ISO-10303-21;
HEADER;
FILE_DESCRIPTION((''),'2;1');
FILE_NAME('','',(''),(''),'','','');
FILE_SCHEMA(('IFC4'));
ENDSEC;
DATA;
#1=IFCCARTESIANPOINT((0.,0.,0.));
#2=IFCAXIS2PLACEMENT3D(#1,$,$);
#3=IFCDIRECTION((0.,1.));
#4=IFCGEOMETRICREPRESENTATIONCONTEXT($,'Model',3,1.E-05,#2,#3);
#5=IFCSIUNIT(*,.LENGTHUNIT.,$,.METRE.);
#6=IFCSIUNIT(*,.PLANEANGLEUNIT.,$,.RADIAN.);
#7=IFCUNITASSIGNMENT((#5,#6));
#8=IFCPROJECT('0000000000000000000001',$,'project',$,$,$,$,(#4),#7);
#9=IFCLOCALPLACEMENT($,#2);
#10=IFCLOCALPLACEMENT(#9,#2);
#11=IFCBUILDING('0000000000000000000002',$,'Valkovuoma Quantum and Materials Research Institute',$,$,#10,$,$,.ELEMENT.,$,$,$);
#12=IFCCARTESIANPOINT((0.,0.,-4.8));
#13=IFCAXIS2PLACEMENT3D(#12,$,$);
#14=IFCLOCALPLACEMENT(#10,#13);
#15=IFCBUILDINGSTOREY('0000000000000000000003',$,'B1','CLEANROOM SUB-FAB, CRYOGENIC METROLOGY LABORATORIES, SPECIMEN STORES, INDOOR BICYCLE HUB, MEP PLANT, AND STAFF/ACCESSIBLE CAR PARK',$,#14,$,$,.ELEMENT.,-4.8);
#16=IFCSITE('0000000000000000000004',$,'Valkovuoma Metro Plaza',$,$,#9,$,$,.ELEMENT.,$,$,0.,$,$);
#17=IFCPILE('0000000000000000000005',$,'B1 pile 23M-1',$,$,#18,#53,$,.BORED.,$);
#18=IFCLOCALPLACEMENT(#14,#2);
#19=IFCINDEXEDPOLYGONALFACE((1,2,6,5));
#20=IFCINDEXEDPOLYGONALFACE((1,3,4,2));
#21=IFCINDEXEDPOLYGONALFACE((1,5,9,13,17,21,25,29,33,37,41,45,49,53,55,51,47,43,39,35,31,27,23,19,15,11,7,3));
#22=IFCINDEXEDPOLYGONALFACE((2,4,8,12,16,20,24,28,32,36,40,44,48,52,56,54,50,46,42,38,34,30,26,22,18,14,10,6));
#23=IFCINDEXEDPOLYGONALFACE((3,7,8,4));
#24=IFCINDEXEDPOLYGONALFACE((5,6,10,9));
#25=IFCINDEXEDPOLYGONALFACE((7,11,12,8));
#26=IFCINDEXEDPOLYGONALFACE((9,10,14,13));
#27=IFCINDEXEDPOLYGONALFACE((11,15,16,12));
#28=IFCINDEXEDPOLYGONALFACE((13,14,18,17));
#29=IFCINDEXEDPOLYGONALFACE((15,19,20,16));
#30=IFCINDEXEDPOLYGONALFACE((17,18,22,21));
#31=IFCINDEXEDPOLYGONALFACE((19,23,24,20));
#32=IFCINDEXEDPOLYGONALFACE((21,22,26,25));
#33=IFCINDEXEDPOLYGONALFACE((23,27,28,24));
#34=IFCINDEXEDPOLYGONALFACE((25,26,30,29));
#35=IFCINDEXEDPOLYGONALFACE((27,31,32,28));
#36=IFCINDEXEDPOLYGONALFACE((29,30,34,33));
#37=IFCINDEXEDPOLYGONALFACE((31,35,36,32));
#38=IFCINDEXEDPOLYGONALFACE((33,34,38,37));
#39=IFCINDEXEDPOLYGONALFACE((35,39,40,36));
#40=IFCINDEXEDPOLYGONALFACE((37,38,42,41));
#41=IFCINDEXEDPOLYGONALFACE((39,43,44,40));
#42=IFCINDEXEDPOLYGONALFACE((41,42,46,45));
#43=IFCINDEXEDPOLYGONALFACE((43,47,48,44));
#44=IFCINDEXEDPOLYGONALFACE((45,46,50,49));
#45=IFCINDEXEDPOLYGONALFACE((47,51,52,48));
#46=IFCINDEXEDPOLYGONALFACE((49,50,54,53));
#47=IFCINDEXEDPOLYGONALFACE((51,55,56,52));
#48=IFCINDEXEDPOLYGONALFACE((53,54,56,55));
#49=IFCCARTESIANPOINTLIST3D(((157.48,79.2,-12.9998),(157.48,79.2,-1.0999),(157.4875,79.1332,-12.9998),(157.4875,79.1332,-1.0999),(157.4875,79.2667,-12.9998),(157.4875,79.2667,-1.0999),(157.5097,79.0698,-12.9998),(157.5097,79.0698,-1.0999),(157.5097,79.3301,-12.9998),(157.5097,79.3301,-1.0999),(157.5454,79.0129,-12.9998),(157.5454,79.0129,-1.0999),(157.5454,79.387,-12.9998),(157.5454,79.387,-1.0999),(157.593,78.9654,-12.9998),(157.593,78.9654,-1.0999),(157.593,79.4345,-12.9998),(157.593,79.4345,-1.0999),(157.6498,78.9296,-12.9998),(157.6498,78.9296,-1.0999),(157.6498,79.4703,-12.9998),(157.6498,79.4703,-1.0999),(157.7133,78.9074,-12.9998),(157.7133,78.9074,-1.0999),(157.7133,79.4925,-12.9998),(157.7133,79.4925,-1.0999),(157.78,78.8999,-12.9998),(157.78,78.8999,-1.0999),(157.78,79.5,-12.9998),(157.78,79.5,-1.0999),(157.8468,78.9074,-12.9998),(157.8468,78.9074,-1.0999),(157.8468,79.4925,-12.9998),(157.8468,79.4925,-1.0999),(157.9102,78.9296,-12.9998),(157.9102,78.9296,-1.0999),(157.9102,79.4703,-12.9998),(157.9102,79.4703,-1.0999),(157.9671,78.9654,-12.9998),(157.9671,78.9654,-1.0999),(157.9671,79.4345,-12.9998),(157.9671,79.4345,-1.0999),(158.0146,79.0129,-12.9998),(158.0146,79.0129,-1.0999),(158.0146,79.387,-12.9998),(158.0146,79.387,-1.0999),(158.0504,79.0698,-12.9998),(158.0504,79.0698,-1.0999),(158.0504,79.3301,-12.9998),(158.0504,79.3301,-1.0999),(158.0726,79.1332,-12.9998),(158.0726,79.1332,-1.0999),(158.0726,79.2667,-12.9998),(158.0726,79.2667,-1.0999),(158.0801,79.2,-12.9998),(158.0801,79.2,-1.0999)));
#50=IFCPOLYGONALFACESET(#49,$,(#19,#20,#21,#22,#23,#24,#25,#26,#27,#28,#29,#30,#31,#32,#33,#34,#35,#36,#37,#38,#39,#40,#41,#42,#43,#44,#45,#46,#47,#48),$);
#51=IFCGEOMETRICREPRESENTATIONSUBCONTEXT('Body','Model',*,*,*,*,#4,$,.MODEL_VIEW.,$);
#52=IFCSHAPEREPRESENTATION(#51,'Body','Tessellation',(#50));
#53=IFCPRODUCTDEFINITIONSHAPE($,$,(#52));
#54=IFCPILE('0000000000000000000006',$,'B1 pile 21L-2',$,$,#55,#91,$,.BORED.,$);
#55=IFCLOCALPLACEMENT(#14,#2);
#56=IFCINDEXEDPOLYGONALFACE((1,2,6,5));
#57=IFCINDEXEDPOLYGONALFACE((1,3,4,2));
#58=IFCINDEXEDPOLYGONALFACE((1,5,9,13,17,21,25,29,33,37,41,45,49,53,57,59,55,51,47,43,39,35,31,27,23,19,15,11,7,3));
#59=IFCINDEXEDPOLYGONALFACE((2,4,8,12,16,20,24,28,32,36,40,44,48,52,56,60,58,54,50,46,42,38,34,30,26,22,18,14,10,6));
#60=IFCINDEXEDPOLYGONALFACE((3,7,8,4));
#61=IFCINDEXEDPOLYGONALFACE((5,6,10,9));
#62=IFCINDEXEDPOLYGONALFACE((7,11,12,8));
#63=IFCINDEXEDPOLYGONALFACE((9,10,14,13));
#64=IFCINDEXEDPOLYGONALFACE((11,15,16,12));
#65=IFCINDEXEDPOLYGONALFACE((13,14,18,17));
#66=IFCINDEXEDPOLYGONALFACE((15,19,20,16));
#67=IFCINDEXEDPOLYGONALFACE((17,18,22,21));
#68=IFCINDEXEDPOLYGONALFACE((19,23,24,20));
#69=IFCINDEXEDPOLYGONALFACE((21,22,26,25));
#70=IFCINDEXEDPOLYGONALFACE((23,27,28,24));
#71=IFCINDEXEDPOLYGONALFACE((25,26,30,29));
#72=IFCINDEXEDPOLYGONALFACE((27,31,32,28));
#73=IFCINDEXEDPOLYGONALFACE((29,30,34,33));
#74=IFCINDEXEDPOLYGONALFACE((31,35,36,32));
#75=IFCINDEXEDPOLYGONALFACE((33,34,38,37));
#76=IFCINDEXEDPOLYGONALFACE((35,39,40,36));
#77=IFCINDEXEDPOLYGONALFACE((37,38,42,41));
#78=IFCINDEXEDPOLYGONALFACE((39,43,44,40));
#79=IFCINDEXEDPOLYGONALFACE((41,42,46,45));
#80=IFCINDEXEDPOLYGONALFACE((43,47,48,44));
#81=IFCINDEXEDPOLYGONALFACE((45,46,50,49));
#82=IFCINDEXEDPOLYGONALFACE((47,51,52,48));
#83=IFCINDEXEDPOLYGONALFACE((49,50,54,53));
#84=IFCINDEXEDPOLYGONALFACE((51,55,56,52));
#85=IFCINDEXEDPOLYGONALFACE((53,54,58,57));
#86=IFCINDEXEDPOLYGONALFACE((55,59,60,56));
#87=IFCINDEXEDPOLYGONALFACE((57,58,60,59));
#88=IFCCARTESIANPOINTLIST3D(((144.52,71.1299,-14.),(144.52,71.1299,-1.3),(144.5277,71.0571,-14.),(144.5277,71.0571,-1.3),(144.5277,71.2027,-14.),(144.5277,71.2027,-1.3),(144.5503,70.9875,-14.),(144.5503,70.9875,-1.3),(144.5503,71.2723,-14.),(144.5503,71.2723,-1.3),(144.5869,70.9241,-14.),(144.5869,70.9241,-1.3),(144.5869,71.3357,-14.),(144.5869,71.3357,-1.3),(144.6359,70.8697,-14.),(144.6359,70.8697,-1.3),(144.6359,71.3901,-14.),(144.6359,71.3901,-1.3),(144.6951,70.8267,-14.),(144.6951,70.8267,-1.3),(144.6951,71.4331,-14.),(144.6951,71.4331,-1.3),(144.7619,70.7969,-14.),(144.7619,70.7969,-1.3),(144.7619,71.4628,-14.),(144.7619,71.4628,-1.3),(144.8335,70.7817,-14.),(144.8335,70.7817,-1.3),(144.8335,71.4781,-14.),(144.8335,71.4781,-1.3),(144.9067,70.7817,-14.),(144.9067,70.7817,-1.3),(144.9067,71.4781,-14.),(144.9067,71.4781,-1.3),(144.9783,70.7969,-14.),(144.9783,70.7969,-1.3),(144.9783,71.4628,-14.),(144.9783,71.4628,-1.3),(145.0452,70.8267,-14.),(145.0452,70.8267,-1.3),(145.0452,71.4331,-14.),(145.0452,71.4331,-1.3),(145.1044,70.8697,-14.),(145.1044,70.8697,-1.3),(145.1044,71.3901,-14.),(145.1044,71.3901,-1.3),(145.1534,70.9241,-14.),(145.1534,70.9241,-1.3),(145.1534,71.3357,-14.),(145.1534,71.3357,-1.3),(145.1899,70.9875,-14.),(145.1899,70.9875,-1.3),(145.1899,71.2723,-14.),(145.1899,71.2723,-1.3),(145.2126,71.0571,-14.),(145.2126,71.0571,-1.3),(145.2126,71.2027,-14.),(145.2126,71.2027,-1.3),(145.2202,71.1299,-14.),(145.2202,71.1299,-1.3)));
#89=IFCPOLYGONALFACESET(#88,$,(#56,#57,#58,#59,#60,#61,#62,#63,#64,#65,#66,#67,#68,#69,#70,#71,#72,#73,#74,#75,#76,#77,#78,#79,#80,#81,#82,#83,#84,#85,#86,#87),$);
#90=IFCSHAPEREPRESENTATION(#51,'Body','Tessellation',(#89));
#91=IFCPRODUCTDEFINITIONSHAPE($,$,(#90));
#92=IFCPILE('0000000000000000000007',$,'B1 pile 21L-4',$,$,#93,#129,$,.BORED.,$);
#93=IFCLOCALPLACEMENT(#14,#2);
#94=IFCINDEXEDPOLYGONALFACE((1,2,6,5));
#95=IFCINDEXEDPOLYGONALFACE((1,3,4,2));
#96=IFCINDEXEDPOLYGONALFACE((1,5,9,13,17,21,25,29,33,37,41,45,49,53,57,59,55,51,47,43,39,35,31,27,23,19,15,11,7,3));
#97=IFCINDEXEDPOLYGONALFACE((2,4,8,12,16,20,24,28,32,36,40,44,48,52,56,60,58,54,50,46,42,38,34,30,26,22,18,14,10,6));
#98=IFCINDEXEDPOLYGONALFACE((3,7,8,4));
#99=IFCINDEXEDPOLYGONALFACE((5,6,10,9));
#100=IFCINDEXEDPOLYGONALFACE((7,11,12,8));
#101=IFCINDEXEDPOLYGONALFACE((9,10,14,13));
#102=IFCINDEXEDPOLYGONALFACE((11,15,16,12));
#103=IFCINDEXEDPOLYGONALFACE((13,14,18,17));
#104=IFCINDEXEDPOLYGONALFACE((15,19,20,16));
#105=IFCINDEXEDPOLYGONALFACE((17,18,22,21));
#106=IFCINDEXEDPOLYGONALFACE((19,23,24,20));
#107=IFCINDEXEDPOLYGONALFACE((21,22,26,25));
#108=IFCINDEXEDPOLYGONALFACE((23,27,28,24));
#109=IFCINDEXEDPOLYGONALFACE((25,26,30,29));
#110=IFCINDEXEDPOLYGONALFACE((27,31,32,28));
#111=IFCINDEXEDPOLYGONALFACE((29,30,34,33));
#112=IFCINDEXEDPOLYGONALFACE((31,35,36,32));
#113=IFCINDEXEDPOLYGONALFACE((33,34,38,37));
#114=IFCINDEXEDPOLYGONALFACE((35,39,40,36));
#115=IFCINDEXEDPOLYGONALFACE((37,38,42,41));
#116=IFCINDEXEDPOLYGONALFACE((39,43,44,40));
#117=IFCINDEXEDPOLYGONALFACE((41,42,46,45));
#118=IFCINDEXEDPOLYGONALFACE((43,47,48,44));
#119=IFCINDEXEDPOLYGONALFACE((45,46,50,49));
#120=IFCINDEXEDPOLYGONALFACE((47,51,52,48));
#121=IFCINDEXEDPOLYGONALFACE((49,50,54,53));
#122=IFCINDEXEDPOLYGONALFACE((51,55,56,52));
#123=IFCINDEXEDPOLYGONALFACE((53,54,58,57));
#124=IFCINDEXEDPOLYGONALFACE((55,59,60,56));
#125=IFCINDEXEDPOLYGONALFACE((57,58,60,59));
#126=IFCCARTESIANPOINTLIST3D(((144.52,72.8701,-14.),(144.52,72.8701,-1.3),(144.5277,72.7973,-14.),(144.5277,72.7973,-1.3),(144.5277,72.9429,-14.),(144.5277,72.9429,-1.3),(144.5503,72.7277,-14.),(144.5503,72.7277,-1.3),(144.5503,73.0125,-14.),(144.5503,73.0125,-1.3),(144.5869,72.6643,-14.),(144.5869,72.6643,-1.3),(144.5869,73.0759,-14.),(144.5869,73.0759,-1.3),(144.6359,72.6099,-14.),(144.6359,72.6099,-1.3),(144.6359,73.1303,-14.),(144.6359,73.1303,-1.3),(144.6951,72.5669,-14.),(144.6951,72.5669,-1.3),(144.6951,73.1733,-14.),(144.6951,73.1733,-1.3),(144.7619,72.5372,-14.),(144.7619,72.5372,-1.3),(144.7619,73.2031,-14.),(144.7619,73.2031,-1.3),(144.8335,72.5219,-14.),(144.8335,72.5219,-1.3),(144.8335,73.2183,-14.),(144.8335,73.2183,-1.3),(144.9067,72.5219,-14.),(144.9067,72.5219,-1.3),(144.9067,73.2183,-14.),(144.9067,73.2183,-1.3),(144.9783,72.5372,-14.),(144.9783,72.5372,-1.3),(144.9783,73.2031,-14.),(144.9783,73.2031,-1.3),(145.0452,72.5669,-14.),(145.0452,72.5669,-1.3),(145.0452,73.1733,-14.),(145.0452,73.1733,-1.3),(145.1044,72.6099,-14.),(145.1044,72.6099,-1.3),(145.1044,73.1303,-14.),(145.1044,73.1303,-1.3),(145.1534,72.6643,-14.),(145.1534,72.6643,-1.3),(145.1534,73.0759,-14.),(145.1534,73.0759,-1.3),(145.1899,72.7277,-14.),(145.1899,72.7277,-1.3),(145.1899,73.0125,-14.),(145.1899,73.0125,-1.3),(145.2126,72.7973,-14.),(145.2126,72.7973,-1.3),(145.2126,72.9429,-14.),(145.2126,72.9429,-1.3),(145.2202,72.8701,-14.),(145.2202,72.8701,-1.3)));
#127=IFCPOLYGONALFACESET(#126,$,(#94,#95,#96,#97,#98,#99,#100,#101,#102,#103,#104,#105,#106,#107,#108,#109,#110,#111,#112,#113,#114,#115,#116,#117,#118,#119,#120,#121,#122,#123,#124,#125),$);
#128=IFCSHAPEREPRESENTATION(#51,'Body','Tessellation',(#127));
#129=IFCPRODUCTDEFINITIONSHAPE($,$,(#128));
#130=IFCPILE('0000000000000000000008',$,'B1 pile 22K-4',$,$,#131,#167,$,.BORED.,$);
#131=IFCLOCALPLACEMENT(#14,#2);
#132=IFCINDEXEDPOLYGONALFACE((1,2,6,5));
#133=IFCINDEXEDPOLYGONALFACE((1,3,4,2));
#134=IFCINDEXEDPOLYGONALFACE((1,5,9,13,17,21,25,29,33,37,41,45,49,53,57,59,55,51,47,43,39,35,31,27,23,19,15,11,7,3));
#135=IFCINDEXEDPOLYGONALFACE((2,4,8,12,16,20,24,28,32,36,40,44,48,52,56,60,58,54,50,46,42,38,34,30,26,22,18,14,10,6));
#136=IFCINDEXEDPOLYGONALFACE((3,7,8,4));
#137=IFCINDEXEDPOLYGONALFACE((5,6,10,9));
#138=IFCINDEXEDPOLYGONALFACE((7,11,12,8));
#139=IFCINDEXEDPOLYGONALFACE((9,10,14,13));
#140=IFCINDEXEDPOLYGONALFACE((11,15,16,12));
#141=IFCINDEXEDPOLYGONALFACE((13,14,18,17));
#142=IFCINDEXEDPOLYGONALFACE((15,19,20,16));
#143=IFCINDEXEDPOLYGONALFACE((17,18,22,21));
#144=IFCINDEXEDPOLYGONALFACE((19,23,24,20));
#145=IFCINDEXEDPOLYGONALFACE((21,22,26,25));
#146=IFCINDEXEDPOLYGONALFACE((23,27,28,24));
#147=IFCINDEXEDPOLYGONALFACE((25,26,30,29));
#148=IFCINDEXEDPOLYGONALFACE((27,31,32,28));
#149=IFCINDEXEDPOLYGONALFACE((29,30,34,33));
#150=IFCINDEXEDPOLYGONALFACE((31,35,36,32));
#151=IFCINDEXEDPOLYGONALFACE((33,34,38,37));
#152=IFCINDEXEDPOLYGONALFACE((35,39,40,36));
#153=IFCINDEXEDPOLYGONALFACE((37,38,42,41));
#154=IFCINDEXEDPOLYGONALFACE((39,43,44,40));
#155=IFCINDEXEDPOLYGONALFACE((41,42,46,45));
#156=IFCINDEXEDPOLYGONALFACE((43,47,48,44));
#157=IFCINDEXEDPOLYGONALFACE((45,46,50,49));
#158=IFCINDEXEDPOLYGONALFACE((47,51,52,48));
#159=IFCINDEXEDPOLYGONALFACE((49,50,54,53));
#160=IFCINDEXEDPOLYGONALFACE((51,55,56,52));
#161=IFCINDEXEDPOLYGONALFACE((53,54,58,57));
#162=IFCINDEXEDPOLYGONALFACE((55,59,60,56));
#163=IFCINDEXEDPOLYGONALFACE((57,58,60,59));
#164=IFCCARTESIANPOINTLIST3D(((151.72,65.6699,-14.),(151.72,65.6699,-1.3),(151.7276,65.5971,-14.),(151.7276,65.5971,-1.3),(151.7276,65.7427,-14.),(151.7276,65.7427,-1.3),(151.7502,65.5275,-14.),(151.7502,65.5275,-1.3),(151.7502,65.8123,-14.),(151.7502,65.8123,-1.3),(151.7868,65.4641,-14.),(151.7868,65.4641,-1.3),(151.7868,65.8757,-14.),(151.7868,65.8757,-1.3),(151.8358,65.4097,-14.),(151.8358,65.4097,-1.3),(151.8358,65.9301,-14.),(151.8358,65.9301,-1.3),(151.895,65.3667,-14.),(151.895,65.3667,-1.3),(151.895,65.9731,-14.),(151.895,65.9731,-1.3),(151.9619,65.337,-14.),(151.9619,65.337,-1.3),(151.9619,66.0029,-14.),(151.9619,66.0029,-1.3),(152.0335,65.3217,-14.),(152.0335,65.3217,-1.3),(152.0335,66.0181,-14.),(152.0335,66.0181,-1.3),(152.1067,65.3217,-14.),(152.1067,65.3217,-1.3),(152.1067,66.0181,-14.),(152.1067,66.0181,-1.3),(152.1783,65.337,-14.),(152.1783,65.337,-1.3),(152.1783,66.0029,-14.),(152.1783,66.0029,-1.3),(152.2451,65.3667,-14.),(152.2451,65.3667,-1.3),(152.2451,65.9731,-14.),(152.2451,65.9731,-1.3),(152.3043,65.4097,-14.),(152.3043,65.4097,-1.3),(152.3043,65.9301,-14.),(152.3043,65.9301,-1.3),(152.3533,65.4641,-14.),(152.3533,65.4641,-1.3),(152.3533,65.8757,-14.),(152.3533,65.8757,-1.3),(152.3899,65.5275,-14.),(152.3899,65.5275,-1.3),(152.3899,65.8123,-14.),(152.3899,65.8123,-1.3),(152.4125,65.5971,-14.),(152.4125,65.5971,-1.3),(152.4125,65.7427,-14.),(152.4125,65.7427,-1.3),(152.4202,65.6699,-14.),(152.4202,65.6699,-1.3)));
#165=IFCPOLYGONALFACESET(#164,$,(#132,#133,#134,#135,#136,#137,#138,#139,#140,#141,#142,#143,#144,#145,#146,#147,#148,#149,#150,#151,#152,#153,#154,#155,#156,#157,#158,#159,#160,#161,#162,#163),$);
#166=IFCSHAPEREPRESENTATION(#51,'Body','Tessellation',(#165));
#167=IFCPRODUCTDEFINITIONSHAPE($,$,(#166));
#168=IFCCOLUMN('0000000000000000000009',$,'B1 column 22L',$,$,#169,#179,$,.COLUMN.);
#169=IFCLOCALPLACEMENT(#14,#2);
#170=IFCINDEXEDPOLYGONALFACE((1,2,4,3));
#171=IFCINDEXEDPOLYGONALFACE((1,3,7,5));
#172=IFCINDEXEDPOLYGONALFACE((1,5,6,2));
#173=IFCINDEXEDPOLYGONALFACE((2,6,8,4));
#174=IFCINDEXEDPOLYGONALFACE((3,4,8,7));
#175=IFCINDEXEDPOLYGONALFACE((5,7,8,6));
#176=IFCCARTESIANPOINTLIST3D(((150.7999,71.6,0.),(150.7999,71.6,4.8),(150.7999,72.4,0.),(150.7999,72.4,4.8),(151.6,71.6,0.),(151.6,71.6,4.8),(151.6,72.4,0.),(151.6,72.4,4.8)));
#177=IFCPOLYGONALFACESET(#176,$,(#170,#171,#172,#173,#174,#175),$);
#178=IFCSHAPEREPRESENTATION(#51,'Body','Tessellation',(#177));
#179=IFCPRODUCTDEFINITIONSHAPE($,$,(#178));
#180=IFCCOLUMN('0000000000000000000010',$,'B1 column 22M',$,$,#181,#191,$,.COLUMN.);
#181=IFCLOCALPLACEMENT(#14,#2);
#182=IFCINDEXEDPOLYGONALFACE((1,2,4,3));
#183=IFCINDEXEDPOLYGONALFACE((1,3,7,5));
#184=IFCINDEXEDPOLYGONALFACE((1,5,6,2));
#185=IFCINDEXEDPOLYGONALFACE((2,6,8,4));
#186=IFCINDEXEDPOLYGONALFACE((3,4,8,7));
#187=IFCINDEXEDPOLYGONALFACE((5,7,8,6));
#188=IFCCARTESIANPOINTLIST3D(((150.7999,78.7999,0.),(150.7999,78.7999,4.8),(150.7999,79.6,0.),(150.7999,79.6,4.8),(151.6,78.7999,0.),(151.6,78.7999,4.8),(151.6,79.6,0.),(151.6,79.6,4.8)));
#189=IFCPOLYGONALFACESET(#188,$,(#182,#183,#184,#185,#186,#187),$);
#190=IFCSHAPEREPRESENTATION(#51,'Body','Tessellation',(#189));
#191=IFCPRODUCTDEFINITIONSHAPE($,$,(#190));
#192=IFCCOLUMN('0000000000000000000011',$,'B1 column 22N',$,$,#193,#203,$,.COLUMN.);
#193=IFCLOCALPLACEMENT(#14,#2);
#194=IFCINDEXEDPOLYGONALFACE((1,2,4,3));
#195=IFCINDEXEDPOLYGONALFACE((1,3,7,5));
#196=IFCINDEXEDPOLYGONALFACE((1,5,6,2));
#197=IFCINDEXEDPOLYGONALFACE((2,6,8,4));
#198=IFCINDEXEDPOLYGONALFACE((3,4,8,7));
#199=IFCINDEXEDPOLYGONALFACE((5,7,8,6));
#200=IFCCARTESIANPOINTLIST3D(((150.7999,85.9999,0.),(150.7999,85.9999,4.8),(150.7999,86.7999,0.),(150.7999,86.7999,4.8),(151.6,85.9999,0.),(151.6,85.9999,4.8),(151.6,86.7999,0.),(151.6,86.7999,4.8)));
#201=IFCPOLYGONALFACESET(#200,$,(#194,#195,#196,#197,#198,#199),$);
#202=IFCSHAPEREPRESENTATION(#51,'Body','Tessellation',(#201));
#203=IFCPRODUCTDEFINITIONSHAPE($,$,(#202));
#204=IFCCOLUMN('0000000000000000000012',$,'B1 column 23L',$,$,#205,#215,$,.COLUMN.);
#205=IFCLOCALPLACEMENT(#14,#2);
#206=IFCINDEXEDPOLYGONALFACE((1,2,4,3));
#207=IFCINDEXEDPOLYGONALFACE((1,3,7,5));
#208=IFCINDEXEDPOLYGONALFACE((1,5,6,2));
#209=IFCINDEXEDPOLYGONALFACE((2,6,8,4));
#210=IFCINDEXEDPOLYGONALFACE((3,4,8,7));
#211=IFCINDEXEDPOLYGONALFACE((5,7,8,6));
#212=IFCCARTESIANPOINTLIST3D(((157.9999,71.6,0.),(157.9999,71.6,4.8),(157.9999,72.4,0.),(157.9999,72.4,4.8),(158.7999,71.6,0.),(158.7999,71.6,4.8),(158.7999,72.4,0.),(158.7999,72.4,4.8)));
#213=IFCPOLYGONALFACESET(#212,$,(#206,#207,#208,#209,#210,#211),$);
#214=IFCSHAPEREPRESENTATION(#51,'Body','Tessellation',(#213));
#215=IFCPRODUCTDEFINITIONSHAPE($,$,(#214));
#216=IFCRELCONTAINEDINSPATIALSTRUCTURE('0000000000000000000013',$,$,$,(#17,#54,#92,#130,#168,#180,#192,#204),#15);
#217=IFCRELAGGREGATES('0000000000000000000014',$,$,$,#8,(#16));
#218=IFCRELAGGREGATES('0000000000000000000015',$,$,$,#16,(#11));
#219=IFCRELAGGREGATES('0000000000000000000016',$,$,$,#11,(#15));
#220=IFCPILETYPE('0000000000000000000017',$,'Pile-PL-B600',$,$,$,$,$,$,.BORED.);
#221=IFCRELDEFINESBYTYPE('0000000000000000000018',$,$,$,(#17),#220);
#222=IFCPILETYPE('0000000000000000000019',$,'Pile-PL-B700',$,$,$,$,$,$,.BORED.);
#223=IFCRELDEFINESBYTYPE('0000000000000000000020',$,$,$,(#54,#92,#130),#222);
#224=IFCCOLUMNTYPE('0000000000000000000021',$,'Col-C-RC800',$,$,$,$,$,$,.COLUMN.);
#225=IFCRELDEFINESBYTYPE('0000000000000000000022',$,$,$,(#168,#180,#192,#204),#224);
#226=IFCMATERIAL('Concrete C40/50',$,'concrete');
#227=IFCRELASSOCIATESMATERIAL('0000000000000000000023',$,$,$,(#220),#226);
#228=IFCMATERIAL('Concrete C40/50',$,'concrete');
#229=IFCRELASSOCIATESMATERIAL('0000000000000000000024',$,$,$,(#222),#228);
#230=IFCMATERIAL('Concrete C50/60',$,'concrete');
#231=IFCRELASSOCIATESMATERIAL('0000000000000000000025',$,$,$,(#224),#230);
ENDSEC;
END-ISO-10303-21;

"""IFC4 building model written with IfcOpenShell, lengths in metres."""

from ifc_helpers import new_model, si_unit, direction, frame, origin, origin_2d, place, context, subcontext, project, spatial, rectangle, circle, extrude, material, material_profile, profile_set, type_object, element, save


model = new_model("IFC4")

# Units and contexts
model_context = context("Model", 3, precision=1e-05, world=origin(), true_north=direction((0.0, 1.0)))
body_context = subcontext(model_context, "Body", "Model", "MODEL_VIEW")
ifc_project = project(units=[si_unit("LENGTHUNIT", "METRE"), si_unit("PLANEANGLEUNIT", "RADIAN")], contexts=[model_context])

# Site, building, storey
site_placement = place(None, origin())
site = spatial("IfcSite", under=ifc_project, at=site_placement, Name="Valkovuoma Metro Plaza", CompositionType="ELEMENT", RefElevation=0.0)
building_placement = place(site_placement, origin())
building = spatial("IfcBuilding", under=site, at=building_placement, Name="Valkovuoma Quantum and Materials Research Institute", CompositionType="ELEMENT")
storey_placement = place(building_placement, frame((0.0, 0.0, -4.8)))
storey = spatial("IfcBuildingStorey", under=building, at=storey_placement, Name="B1", Description="CLEANROOM SUB-FAB, CRYOGENIC METROLOGY LABORATORIES, SPECIMEN STORES, INDOOR BICYCLE HUB, MEP PLANT, AND STAFF/ACCESSIBLE CAR PARK", CompositionType="ELEMENT", Elevation=-4.8)

# Piles
ifc_material_1 = material(Name="Concrete C40/50", Category="concrete")
ifc_material_profile_1 = material_profile(ifc_material_1, circle(Radius=0.3, at=origin_2d()), Name="Concrete C40/50")
ifc_profile_set_1 = profile_set([ifc_material_profile_1], Name="Concrete C40/50")
pile_type_1 = type_object("IfcPileType", Name="Pile-PL-B600", PredefinedType="BORED", material=ifc_profile_set_1)
pile_1_placement = place(storey_placement, frame((157.78, 79.2, -1.0999), z_axis=(0.0, 0.0, -1.0), x_axis=(1.0, 0.0, 0.0)))
element("IfcPile", 1, at=pile_1_placement, inside=storey, type_object=pile_type_1, Name="B1 pile 23M-1", PredefinedType="BORED", context=body_context, shape_type="SweptSolid", body=[
    extrude(circle(Radius=0.3, at=origin_2d()), origin(), (0.0, 0.0, 1.0), 11.8999),
])
ifc_material_2 = material(Name="Concrete C40/50", Category="concrete")
ifc_material_profile_2 = material_profile(ifc_material_2, circle(Radius=0.3501, at=origin_2d()), Name="Concrete C40/50")
ifc_profile_set_2 = profile_set([ifc_material_profile_2], Name="Concrete C40/50")
pile_type_2 = type_object("IfcPileType", Name="Pile-PL-B700", PredefinedType="BORED", material=ifc_profile_set_2)
for number, where, z_axis, x_axis, name in (
    (2, (144.8701, 71.1299, -1.3), (0.0, 0.0, -1.0), (1.0, 0.0, 0.0), "B1 pile 21L-2"),
    (3, (144.8701, 72.8701, -1.3), (0.0, 0.0, -1.0), (1.0, 0.0, 0.0), "B1 pile 21L-4"),
    (4, (152.0701, 65.6699, -1.3), (0.0, 0.0, -1.0), (1.0, 0.0, 0.0), "B1 pile 22K-4"),
):
    element("IfcPile", number, at=place(storey_placement, frame(where, z_axis=z_axis, x_axis=x_axis)), inside=storey, type_object=pile_type_2, Name=name, PredefinedType="BORED", context=body_context, shape_type="SweptSolid", body=[
        extrude(circle(Radius=0.3501, at=origin_2d()), origin(), (0.0, 0.0, 1.0), 12.7),
    ])

# Columns
ifc_material_3 = material(Name="Concrete C50/60", Category="concrete")
ifc_material_profile_3 = material_profile(ifc_material_3, rectangle(XDim=0.8, YDim=0.8, at=origin_2d()), Name="Concrete C50/60")
ifc_profile_set_3 = profile_set([ifc_material_profile_3], Name="Concrete C50/60")
column_type = type_object("IfcColumnType", Name="Col-C-RC800", PredefinedType="COLUMN", material=ifc_profile_set_3)
for number, where, z_axis, x_axis, name in (
    (5, (151.2, 72.0, 0.0), (0.0, 0.0, 1.0), (1.0, 0.0, 0.0), "B1 column 22L"),
    (6, (151.2, 79.2, 0.0), (0.0, 0.0, 1.0), (1.0, 0.0, 0.0), "B1 column 22M"),
    (7, (151.2, 86.3999, 0.0), (0.0, 0.0, 1.0), (1.0, 0.0, 0.0), "B1 column 22N"),
    (8, (158.3999, 72.0, 0.0), (0.0, 0.0, 1.0), (1.0, 0.0, 0.0), "B1 column 23L"),
):
    element("IfcColumn", number, at=place(storey_placement, frame(where, z_axis=z_axis, x_axis=x_axis)), inside=storey, type_object=column_type, Name=name, PredefinedType="COLUMN", context=body_context, shape_type="SweptSolid", body=[
        extrude(rectangle(XDim=0.8, YDim=0.8, at=origin_2d()), origin(), (0.0, 0.0, 1.0), 4.8),
    ])

save(model, "model.ifc")
